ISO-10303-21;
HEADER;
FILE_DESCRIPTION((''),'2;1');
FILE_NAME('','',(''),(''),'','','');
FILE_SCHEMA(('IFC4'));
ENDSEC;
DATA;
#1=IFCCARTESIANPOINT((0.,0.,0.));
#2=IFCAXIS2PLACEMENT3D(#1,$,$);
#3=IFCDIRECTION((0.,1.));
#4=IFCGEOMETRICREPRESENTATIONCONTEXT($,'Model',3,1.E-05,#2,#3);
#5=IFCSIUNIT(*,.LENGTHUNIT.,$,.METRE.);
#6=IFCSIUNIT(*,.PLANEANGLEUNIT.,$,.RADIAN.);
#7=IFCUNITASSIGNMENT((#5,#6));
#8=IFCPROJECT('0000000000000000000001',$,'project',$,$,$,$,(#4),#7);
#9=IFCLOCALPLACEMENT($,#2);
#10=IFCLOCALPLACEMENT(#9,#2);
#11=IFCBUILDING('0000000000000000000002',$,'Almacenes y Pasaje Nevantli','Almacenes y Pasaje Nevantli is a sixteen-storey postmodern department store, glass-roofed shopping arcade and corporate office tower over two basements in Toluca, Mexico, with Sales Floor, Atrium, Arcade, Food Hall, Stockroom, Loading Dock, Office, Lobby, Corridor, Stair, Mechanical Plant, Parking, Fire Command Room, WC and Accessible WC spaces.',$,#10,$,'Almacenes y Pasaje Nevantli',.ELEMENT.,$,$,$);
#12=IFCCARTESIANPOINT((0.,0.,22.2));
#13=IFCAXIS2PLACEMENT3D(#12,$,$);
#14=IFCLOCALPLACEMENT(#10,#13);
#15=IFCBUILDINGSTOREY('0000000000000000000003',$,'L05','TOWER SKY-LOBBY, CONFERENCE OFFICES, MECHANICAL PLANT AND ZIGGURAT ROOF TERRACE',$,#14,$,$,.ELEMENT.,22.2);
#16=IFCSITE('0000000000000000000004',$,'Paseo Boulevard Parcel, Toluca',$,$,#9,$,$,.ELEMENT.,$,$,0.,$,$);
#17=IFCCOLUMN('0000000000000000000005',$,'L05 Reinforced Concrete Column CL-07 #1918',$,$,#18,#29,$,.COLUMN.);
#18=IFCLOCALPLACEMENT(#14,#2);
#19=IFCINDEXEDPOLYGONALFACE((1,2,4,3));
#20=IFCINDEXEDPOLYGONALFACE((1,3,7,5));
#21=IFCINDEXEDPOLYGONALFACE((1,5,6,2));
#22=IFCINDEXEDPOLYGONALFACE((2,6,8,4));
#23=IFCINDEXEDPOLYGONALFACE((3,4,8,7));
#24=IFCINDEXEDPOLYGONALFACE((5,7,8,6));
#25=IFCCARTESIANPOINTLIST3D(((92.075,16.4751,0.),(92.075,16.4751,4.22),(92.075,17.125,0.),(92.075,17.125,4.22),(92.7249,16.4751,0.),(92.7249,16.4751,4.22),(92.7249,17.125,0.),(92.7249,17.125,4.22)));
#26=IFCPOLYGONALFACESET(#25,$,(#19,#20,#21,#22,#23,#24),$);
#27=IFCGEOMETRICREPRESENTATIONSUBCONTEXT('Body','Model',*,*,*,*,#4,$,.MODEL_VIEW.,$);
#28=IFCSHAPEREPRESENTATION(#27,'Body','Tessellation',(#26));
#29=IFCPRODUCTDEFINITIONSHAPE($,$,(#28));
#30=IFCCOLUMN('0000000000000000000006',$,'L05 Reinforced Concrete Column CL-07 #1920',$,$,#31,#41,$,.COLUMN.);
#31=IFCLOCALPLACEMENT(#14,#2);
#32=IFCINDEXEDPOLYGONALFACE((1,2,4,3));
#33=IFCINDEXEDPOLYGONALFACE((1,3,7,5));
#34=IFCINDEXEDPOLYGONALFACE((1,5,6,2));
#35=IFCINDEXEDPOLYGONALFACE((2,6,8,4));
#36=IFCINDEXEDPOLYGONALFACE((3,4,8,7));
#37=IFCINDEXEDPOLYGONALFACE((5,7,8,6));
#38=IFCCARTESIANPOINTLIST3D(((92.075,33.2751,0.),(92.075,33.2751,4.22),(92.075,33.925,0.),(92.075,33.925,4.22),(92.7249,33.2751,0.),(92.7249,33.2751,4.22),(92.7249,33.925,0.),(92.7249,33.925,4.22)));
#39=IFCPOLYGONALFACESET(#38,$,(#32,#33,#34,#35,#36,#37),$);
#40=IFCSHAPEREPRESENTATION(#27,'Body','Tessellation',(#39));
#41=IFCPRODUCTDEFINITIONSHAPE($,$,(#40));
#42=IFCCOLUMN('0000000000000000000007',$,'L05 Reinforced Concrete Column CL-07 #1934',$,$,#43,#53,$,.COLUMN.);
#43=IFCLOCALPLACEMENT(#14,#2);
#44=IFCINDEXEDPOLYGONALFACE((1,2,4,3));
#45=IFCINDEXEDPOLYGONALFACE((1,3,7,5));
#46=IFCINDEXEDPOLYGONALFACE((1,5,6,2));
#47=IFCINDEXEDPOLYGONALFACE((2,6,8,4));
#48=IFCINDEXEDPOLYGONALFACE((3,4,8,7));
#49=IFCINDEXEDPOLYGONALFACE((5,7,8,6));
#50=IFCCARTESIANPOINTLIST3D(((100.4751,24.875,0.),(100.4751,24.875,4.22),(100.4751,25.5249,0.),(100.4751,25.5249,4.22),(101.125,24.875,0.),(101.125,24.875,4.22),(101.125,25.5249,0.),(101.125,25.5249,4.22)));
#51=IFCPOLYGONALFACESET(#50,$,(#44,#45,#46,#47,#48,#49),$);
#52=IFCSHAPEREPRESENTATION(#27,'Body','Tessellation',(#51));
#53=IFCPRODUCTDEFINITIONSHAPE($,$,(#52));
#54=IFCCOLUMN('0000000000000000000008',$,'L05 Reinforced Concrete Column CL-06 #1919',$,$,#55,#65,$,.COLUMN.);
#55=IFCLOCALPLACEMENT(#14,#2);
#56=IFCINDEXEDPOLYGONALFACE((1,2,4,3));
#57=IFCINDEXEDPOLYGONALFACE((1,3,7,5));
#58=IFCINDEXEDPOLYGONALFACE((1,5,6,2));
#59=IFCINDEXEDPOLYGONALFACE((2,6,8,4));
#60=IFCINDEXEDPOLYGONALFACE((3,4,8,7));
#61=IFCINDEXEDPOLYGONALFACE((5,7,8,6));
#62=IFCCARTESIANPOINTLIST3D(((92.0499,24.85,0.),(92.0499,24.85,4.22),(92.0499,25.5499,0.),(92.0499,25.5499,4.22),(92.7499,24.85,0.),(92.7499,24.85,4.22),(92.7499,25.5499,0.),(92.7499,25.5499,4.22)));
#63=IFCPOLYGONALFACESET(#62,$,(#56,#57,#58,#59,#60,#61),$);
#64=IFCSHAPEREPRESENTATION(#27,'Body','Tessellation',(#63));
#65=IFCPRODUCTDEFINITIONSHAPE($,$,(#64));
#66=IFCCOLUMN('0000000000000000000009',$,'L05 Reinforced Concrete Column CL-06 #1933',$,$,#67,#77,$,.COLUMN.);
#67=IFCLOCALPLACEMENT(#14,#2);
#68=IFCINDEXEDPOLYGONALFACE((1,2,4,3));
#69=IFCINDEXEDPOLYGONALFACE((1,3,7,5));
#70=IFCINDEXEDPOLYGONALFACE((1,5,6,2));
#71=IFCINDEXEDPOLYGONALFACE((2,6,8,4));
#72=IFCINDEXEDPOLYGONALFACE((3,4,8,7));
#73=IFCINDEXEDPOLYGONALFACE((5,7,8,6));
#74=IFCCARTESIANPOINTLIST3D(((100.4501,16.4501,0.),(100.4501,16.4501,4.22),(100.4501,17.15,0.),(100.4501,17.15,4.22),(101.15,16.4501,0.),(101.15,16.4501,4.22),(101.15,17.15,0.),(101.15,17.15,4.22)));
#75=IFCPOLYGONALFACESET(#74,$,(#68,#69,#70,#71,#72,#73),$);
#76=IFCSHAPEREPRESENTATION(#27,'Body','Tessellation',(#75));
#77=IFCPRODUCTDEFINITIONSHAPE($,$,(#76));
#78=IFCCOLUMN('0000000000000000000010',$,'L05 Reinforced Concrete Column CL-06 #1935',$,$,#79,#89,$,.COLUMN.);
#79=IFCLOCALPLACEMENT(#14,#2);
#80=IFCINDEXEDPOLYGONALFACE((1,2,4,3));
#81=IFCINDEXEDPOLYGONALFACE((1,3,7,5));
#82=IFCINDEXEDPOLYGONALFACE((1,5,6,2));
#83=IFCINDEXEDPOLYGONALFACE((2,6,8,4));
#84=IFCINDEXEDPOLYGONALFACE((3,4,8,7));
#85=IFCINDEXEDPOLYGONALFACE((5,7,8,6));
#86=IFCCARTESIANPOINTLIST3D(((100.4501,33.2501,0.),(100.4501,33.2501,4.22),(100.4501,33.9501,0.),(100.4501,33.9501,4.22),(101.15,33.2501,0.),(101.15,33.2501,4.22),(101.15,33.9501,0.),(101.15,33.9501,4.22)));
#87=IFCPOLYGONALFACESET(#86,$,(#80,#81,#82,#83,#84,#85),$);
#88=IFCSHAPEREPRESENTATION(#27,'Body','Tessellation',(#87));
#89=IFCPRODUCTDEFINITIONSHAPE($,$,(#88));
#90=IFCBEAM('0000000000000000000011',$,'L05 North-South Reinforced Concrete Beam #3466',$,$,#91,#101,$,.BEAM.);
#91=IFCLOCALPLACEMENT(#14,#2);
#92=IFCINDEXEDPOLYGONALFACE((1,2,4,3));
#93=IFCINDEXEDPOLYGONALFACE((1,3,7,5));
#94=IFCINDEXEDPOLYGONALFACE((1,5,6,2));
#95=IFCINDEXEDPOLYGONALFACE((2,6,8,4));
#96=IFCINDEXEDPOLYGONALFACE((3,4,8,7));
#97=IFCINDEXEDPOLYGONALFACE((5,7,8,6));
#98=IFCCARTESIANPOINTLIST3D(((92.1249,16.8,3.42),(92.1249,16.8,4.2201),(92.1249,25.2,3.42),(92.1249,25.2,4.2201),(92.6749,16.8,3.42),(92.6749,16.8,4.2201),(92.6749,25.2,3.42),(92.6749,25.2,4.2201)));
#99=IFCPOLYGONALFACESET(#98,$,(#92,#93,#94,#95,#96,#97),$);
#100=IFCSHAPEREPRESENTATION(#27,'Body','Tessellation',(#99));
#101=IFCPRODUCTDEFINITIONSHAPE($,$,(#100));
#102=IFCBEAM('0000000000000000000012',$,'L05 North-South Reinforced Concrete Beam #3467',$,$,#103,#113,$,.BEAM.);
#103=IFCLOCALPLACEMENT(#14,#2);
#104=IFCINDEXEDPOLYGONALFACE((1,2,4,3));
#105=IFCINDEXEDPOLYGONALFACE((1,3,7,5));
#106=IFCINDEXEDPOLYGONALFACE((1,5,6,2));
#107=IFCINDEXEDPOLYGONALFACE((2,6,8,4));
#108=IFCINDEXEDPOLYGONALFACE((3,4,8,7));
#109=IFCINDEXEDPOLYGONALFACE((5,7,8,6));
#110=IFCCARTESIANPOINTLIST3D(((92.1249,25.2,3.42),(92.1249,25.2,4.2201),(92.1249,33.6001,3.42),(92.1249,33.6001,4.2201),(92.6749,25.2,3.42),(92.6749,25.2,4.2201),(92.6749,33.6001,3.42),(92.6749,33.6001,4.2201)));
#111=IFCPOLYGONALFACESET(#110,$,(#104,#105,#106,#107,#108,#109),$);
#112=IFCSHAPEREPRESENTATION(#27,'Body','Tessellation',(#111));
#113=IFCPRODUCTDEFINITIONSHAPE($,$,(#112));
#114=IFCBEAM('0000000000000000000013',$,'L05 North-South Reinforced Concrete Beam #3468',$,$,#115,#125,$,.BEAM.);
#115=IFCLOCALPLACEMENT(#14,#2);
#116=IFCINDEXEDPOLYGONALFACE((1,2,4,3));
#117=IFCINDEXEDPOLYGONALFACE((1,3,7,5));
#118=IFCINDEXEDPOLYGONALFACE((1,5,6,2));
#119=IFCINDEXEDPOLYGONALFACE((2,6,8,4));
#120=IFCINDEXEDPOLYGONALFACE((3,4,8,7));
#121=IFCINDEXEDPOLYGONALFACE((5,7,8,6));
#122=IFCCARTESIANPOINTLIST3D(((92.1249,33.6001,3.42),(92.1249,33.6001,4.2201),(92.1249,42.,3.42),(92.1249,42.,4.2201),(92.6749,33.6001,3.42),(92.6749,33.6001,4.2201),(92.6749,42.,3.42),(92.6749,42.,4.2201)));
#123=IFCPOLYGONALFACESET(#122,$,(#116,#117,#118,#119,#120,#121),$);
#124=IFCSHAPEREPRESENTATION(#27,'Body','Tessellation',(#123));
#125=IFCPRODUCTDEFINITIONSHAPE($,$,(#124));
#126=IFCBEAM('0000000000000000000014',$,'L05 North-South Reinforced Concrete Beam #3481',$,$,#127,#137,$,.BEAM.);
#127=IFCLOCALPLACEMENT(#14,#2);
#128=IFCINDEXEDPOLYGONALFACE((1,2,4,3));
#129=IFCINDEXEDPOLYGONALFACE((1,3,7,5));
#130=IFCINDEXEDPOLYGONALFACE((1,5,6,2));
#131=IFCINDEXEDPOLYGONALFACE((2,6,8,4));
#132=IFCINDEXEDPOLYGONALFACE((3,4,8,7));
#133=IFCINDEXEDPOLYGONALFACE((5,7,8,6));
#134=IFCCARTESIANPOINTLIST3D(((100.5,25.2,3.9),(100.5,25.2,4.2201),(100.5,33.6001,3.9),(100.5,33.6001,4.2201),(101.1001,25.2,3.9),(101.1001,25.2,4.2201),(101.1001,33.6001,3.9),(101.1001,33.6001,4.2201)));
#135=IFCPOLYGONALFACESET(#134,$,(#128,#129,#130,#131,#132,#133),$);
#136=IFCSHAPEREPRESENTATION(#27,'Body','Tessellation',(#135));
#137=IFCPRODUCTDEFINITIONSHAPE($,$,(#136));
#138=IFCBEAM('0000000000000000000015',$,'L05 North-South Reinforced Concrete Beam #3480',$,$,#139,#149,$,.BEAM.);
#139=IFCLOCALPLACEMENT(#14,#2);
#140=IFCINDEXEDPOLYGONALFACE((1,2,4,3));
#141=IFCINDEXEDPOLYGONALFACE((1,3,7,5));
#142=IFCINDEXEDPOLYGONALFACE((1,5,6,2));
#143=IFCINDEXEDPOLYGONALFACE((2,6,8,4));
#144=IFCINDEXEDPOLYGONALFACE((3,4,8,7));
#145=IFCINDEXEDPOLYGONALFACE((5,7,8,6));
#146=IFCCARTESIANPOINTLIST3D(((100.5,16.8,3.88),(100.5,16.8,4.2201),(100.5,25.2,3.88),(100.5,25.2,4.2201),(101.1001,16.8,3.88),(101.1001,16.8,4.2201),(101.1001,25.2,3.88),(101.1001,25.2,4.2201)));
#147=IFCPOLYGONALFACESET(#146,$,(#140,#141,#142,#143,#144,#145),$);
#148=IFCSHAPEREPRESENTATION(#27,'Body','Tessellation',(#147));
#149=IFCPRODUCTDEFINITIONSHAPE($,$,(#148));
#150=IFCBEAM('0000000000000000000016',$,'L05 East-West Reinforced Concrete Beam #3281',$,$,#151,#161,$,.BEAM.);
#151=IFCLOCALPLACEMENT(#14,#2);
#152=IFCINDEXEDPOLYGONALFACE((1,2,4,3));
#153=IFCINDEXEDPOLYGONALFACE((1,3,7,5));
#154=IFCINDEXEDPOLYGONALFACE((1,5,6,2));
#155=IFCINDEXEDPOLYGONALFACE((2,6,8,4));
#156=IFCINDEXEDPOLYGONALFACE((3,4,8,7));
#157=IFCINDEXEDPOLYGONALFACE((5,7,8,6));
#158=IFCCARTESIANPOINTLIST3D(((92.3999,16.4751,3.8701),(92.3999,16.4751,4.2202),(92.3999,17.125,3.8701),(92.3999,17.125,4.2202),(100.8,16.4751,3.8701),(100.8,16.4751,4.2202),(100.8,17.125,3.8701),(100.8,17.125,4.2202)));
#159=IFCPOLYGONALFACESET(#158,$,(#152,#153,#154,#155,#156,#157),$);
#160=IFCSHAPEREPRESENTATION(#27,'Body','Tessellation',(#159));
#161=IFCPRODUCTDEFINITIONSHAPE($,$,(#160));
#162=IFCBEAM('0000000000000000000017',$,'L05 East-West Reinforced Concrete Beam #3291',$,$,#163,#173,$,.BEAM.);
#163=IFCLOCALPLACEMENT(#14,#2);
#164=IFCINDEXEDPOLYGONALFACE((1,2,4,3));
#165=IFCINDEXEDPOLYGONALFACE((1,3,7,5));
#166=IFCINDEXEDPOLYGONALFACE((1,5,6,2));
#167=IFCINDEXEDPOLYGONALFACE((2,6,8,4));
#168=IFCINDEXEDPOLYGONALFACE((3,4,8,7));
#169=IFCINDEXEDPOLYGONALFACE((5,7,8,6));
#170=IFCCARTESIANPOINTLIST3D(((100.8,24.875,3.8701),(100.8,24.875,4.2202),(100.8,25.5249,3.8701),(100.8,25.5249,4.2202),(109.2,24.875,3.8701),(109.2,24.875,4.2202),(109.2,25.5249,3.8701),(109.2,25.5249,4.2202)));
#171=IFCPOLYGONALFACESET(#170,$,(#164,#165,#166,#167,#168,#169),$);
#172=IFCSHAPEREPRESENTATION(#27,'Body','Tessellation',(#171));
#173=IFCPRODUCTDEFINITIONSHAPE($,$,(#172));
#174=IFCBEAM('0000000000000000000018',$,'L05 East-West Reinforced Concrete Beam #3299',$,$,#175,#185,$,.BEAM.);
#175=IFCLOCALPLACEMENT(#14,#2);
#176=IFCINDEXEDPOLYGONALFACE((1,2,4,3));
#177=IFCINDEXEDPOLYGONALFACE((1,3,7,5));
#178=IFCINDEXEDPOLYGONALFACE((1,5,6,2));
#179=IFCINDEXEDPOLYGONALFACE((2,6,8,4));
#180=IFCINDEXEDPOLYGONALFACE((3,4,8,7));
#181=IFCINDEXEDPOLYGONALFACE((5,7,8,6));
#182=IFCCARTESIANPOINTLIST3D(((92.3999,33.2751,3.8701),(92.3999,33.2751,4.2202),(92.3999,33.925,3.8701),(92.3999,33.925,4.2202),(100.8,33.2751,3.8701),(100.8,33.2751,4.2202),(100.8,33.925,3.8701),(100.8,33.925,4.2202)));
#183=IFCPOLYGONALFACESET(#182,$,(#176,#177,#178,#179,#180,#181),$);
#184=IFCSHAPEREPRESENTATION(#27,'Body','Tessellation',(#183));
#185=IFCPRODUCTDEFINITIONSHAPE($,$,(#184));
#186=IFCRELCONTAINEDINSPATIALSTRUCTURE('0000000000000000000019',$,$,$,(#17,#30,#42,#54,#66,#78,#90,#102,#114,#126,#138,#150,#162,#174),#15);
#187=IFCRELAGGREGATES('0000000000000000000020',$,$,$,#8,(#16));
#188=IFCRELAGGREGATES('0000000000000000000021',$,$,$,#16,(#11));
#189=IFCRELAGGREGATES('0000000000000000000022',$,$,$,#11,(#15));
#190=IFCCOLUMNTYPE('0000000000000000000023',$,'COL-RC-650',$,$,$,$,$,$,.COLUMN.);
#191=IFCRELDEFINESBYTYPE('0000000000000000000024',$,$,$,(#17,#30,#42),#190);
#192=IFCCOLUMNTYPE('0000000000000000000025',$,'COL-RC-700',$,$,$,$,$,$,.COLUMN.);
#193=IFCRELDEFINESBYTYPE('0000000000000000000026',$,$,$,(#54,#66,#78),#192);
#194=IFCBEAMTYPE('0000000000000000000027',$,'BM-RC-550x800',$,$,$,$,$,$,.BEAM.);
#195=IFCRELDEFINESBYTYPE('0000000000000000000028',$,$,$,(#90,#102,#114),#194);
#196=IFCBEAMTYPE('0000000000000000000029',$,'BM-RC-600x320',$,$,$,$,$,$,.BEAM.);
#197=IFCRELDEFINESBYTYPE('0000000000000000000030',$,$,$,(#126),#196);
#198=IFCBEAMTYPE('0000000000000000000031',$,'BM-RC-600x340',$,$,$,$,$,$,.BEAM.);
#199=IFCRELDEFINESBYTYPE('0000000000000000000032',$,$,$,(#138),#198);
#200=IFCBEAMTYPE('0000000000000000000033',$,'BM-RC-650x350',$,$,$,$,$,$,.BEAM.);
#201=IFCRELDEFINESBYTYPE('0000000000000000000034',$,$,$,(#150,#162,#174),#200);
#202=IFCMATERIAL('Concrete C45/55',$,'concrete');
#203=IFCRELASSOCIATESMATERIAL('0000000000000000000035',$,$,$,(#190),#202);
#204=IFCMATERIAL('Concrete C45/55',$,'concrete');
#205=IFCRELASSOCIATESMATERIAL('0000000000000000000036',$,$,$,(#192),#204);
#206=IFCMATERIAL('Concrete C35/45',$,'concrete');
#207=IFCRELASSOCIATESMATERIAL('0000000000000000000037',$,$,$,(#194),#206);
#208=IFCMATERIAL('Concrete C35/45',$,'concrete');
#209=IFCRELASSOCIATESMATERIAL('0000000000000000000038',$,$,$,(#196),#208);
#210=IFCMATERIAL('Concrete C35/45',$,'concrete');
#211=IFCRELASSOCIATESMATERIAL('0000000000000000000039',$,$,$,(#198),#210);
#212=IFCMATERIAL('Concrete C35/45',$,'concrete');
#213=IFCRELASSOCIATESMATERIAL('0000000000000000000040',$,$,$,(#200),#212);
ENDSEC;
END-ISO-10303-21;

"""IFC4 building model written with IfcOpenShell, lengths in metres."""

from ifc_helpers import new_model, si_unit, direction, frame, origin, origin_2d, place, context, subcontext, project, spatial, rectangle, extrude, material, material_profile, profile_set, type_object, element, save


model = new_model("IFC4")

# Units and contexts
model_context = context("Model", 3, precision=1e-05, world=origin(), true_north=direction((0.0, 1.0)))
body_context = subcontext(model_context, "Body", "Model", "MODEL_VIEW")
ifc_project = project(units=[si_unit("LENGTHUNIT", "METRE"), si_unit("PLANEANGLEUNIT", "RADIAN")], contexts=[model_context])

# Site, building, storey
site_placement = place(None, origin())
site = spatial("IfcSite", under=ifc_project, at=site_placement, Name="Paseo Boulevard Parcel, Toluca", CompositionType="ELEMENT", RefElevation=0.0)
building_placement = place(site_placement, origin())
building = spatial("IfcBuilding", under=site, at=building_placement, Name="Almacenes y Pasaje Nevantli", Description="Almacenes y Pasaje Nevantli is a sixteen-storey postmodern department store, glass-roofed shopping arcade and corporate office tower over two basements in Toluca, Mexico, with Sales Floor, Atrium, Arcade, Food Hall, Stockroom, Loading Dock, Office, Lobby, Corridor, Stair, Mechanical Plant, Parking, Fire Command Room, WC and Accessible WC spaces.", LongName="Almacenes y Pasaje Nevantli", CompositionType="ELEMENT")
storey_placement = place(building_placement, frame((0.0, 0.0, 22.2)))
storey = spatial("IfcBuildingStorey", under=building, at=storey_placement, Name="L05", Description="TOWER SKY-LOBBY, CONFERENCE OFFICES, MECHANICAL PLANT AND ZIGGURAT ROOF TERRACE", CompositionType="ELEMENT", Elevation=22.2)

# Columns
ifc_material_1 = material(Name="Concrete C45/55", Category="concrete")
ifc_material_profile_1 = material_profile(ifc_material_1, rectangle(XDim=0.6499, YDim=0.6499, at=origin_2d()), Name="RC-COL-650x650")
ifc_profile_set_1 = profile_set([ifc_material_profile_1], Name="Concrete C45/55")
column_type_1 = type_object("IfcColumnType", Name="COL-RC-650", PredefinedType="COLUMN", material=ifc_profile_set_1)
for number, where, z_axis, x_axis, name in (
    (1, (92.3999, 16.8, 0.0), (0.0, 0.0, 1.0), (1.0, 0.0, 0.0), "L05 Reinforced Concrete Column CL-07 #1918"),
    (2, (92.3999, 33.6001, 0.0), (0.0, 0.0, 1.0), (1.0, 0.0, 0.0), "L05 Reinforced Concrete Column CL-07 #1920"),
    (3, (100.8, 25.2, 0.0), (0.0, 0.0, 1.0), (1.0, 0.0, 0.0), "L05 Reinforced Concrete Column CL-07 #1934"),
):
    element("IfcColumn", number, at=place(storey_placement, frame(where, z_axis=z_axis, x_axis=x_axis)), inside=storey, type_object=column_type_1, Name=name, PredefinedType="COLUMN", context=body_context, shape_type="SweptSolid", body=[
        extrude(rectangle(XDim=0.6499, YDim=0.6499, at=origin_2d()), origin(), (0.0, 0.0, 1.0), 4.22),
    ])
ifc_material_2 = material(Name="Concrete C45/55", Category="concrete")
ifc_material_profile_2 = material_profile(ifc_material_2, rectangle(XDim=0.7, YDim=0.7, at=origin_2d()), Name="RC-COL-700x700")
ifc_profile_set_2 = profile_set([ifc_material_profile_2], Name="Concrete C45/55")
column_type_2 = type_object("IfcColumnType", Name="COL-RC-700", PredefinedType="COLUMN", material=ifc_profile_set_2)
for number, where, z_axis, x_axis, name in (
    (4, (92.3999, 25.2, 0.0), (0.0, 0.0, 1.0), (1.0, 0.0, 0.0), "L05 Reinforced Concrete Column CL-06 #1919"),
    (5, (100.8, 16.8, 0.0), (0.0, 0.0, 1.0), (1.0, 0.0, 0.0), "L05 Reinforced Concrete Column CL-06 #1933"),
    (6, (100.8, 33.6001, 0.0), (0.0, 0.0, 1.0), (1.0, 0.0, 0.0), "L05 Reinforced Concrete Column CL-06 #1935"),
):
    element("IfcColumn", number, at=place(storey_placement, frame(where, z_axis=z_axis, x_axis=x_axis)), inside=storey, type_object=column_type_2, Name=name, PredefinedType="COLUMN", context=body_context, shape_type="SweptSolid", body=[
        extrude(rectangle(XDim=0.7, YDim=0.7, at=origin_2d()), origin(), (0.0, 0.0, 1.0), 4.22),
    ])

# Beams
ifc_material_3 = material(Name="Concrete C35/45", Category="concrete")
ifc_material_profile_3 = material_profile(ifc_material_3, rectangle(XDim=0.55, YDim=0.8, at=origin_2d()), Name="RC-BM-550x800")
ifc_profile_set_3 = profile_set([ifc_material_profile_3], Name="Concrete C35/45")
beam_type_1 = type_object("IfcBeamType", Name="BM-RC-550x800", PredefinedType="BEAM", material=ifc_profile_set_3)
beam_1_placement = place(storey_placement, frame((92.3999, 16.8, 3.8201), z_axis=(0.0, 1.0, 0.0), x_axis=(-1.0, 0.0, 0.0)))
element("IfcBeam", 7, at=beam_1_placement, inside=storey, type_object=beam_type_1, Name="L05 North-South Reinforced Concrete Beam #3466", PredefinedType="BEAM", context=body_context, shape_type="SweptSolid", body=[
    extrude(rectangle(XDim=0.55, YDim=0.8, at=origin_2d()), origin(), (0.0, 0.0, 1.0), 8.3999),
])
beam_2_placement = place(storey_placement, frame((92.3999, 25.2, 3.8201), z_axis=(0.0, 1.0, 0.0), x_axis=(-1.0, 0.0, 0.0)))
element("IfcBeam", 8, at=beam_2_placement, inside=storey, type_object=beam_type_1, Name="L05 North-South Reinforced Concrete Beam #3467", PredefinedType="BEAM", context=body_context, shape_type="SweptSolid", body=[
    extrude(rectangle(XDim=0.55, YDim=0.8, at=origin_2d()), origin(), (0.0, 0.0, 1.0), 8.4001),
])
beam_3_placement = place(storey_placement, frame((92.3999, 33.6001, 3.8201), z_axis=(0.0, 1.0, 0.0), x_axis=(-1.0, 0.0, 0.0)))
element("IfcBeam", 9, at=beam_3_placement, inside=storey, type_object=beam_type_1, Name="L05 North-South Reinforced Concrete Beam #3468", PredefinedType="BEAM", context=body_context, shape_type="SweptSolid", body=[
    extrude(rectangle(XDim=0.55, YDim=0.8, at=origin_2d()), origin(), (0.0, 0.0, 1.0), 8.3999),
])
ifc_material_4 = material(Name="Concrete C35/45", Category="concrete")
ifc_material_profile_4 = material_profile(ifc_material_4, rectangle(XDim=0.6001, YDim=0.3201, at=origin_2d()), Name="RC-BM-600x320")
ifc_profile_set_4 = profile_set([ifc_material_profile_4], Name="Concrete C35/45")
beam_type_2 = type_object("IfcBeamType", Name="BM-RC-600x320", PredefinedType="BEAM", material=ifc_profile_set_4)
beam_4_placement = place(storey_placement, frame((100.8, 25.2, 4.0601), z_axis=(0.0, 1.0, 0.0), x_axis=(-1.0, 0.0, 0.0)))
element("IfcBeam", 10, at=beam_4_placement, inside=storey, type_object=beam_type_2, Name="L05 North-South Reinforced Concrete Beam #3481", PredefinedType="BEAM", context=body_context, shape_type="SweptSolid", body=[
    extrude(rectangle(XDim=0.6001, YDim=0.3201, at=origin_2d()), origin(), (0.0, 0.0, 1.0), 8.4001),
])
ifc_material_5 = material(Name="Concrete C35/45", Category="concrete")
ifc_material_profile_5 = material_profile(ifc_material_5, rectangle(XDim=0.6001, YDim=0.3401, at=origin_2d()), Name="RC-BM-600x340")
ifc_profile_set_5 = profile_set([ifc_material_profile_5], Name="Concrete C35/45")
beam_type_3 = type_object("IfcBeamType", Name="BM-RC-600x340", PredefinedType="BEAM", material=ifc_profile_set_5)
beam_5_placement = place(storey_placement, frame((100.8, 16.8, 4.05), z_axis=(0.0, 1.0, 0.0), x_axis=(-1.0, 0.0, 0.0)))
element("IfcBeam", 11, at=beam_5_placement, inside=storey, type_object=beam_type_3, Name="L05 North-South Reinforced Concrete Beam #3480", PredefinedType="BEAM", context=body_context, shape_type="SweptSolid", body=[
    extrude(rectangle(XDim=0.6001, YDim=0.3401, at=origin_2d()), origin(), (0.0, 0.0, 1.0), 8.3999),
])
ifc_material_6 = material(Name="Concrete C35/45", Category="concrete")
ifc_material_profile_6 = material_profile(ifc_material_6, rectangle(XDim=0.6499, YDim=0.3501, at=origin_2d()), Name="RC-BM-650x350")
ifc_profile_set_6 = profile_set([ifc_material_profile_6], Name="Concrete C35/45")
beam_type_4 = type_object("IfcBeamType", Name="BM-RC-650x350", PredefinedType="BEAM", material=ifc_profile_set_6)
beam_6_placement = place(storey_placement, frame((92.3999, 16.8, 4.0452), z_axis=(1.0, 0.0, 0.0), x_axis=(0.0, 1.0, 0.0)))
element("IfcBeam", 12, at=beam_6_placement, inside=storey, type_object=beam_type_4, Name="L05 East-West Reinforced Concrete Beam #3281", PredefinedType="BEAM", context=body_context, shape_type="SweptSolid", body=[
    extrude(rectangle(XDim=0.6499, YDim=0.3501, at=origin_2d()), origin(), (0.0, 0.0, 1.0), 8.4001),
])
beam_7_placement = place(storey_placement, frame((100.8, 25.2, 4.0452), z_axis=(1.0, 0.0, 0.0), x_axis=(0.0, 1.0, 0.0)))
element("IfcBeam", 13, at=beam_7_placement, inside=storey, type_object=beam_type_4, Name="L05 East-West Reinforced Concrete Beam #3291", PredefinedType="BEAM", context=body_context, shape_type="SweptSolid", body=[
    extrude(rectangle(XDim=0.6499, YDim=0.3501, at=origin_2d()), origin(), (0.0, 0.0, 1.0), 8.3999),
])
beam_8_placement = place(storey_placement, frame((92.3999, 33.6001, 4.0452), z_axis=(1.0, 0.0, 0.0), x_axis=(0.0, 1.0, 0.0)))
element("IfcBeam", 14, at=beam_8_placement, inside=storey, type_object=beam_type_4, Name="L05 East-West Reinforced Concrete Beam #3299", PredefinedType="BEAM", context=body_context, shape_type="SweptSolid", body=[
    extrude(rectangle(XDim=0.6499, YDim=0.3501, at=origin_2d()), origin(), (0.0, 0.0, 1.0), 8.4001),
])

save(model, "model.ifc")
